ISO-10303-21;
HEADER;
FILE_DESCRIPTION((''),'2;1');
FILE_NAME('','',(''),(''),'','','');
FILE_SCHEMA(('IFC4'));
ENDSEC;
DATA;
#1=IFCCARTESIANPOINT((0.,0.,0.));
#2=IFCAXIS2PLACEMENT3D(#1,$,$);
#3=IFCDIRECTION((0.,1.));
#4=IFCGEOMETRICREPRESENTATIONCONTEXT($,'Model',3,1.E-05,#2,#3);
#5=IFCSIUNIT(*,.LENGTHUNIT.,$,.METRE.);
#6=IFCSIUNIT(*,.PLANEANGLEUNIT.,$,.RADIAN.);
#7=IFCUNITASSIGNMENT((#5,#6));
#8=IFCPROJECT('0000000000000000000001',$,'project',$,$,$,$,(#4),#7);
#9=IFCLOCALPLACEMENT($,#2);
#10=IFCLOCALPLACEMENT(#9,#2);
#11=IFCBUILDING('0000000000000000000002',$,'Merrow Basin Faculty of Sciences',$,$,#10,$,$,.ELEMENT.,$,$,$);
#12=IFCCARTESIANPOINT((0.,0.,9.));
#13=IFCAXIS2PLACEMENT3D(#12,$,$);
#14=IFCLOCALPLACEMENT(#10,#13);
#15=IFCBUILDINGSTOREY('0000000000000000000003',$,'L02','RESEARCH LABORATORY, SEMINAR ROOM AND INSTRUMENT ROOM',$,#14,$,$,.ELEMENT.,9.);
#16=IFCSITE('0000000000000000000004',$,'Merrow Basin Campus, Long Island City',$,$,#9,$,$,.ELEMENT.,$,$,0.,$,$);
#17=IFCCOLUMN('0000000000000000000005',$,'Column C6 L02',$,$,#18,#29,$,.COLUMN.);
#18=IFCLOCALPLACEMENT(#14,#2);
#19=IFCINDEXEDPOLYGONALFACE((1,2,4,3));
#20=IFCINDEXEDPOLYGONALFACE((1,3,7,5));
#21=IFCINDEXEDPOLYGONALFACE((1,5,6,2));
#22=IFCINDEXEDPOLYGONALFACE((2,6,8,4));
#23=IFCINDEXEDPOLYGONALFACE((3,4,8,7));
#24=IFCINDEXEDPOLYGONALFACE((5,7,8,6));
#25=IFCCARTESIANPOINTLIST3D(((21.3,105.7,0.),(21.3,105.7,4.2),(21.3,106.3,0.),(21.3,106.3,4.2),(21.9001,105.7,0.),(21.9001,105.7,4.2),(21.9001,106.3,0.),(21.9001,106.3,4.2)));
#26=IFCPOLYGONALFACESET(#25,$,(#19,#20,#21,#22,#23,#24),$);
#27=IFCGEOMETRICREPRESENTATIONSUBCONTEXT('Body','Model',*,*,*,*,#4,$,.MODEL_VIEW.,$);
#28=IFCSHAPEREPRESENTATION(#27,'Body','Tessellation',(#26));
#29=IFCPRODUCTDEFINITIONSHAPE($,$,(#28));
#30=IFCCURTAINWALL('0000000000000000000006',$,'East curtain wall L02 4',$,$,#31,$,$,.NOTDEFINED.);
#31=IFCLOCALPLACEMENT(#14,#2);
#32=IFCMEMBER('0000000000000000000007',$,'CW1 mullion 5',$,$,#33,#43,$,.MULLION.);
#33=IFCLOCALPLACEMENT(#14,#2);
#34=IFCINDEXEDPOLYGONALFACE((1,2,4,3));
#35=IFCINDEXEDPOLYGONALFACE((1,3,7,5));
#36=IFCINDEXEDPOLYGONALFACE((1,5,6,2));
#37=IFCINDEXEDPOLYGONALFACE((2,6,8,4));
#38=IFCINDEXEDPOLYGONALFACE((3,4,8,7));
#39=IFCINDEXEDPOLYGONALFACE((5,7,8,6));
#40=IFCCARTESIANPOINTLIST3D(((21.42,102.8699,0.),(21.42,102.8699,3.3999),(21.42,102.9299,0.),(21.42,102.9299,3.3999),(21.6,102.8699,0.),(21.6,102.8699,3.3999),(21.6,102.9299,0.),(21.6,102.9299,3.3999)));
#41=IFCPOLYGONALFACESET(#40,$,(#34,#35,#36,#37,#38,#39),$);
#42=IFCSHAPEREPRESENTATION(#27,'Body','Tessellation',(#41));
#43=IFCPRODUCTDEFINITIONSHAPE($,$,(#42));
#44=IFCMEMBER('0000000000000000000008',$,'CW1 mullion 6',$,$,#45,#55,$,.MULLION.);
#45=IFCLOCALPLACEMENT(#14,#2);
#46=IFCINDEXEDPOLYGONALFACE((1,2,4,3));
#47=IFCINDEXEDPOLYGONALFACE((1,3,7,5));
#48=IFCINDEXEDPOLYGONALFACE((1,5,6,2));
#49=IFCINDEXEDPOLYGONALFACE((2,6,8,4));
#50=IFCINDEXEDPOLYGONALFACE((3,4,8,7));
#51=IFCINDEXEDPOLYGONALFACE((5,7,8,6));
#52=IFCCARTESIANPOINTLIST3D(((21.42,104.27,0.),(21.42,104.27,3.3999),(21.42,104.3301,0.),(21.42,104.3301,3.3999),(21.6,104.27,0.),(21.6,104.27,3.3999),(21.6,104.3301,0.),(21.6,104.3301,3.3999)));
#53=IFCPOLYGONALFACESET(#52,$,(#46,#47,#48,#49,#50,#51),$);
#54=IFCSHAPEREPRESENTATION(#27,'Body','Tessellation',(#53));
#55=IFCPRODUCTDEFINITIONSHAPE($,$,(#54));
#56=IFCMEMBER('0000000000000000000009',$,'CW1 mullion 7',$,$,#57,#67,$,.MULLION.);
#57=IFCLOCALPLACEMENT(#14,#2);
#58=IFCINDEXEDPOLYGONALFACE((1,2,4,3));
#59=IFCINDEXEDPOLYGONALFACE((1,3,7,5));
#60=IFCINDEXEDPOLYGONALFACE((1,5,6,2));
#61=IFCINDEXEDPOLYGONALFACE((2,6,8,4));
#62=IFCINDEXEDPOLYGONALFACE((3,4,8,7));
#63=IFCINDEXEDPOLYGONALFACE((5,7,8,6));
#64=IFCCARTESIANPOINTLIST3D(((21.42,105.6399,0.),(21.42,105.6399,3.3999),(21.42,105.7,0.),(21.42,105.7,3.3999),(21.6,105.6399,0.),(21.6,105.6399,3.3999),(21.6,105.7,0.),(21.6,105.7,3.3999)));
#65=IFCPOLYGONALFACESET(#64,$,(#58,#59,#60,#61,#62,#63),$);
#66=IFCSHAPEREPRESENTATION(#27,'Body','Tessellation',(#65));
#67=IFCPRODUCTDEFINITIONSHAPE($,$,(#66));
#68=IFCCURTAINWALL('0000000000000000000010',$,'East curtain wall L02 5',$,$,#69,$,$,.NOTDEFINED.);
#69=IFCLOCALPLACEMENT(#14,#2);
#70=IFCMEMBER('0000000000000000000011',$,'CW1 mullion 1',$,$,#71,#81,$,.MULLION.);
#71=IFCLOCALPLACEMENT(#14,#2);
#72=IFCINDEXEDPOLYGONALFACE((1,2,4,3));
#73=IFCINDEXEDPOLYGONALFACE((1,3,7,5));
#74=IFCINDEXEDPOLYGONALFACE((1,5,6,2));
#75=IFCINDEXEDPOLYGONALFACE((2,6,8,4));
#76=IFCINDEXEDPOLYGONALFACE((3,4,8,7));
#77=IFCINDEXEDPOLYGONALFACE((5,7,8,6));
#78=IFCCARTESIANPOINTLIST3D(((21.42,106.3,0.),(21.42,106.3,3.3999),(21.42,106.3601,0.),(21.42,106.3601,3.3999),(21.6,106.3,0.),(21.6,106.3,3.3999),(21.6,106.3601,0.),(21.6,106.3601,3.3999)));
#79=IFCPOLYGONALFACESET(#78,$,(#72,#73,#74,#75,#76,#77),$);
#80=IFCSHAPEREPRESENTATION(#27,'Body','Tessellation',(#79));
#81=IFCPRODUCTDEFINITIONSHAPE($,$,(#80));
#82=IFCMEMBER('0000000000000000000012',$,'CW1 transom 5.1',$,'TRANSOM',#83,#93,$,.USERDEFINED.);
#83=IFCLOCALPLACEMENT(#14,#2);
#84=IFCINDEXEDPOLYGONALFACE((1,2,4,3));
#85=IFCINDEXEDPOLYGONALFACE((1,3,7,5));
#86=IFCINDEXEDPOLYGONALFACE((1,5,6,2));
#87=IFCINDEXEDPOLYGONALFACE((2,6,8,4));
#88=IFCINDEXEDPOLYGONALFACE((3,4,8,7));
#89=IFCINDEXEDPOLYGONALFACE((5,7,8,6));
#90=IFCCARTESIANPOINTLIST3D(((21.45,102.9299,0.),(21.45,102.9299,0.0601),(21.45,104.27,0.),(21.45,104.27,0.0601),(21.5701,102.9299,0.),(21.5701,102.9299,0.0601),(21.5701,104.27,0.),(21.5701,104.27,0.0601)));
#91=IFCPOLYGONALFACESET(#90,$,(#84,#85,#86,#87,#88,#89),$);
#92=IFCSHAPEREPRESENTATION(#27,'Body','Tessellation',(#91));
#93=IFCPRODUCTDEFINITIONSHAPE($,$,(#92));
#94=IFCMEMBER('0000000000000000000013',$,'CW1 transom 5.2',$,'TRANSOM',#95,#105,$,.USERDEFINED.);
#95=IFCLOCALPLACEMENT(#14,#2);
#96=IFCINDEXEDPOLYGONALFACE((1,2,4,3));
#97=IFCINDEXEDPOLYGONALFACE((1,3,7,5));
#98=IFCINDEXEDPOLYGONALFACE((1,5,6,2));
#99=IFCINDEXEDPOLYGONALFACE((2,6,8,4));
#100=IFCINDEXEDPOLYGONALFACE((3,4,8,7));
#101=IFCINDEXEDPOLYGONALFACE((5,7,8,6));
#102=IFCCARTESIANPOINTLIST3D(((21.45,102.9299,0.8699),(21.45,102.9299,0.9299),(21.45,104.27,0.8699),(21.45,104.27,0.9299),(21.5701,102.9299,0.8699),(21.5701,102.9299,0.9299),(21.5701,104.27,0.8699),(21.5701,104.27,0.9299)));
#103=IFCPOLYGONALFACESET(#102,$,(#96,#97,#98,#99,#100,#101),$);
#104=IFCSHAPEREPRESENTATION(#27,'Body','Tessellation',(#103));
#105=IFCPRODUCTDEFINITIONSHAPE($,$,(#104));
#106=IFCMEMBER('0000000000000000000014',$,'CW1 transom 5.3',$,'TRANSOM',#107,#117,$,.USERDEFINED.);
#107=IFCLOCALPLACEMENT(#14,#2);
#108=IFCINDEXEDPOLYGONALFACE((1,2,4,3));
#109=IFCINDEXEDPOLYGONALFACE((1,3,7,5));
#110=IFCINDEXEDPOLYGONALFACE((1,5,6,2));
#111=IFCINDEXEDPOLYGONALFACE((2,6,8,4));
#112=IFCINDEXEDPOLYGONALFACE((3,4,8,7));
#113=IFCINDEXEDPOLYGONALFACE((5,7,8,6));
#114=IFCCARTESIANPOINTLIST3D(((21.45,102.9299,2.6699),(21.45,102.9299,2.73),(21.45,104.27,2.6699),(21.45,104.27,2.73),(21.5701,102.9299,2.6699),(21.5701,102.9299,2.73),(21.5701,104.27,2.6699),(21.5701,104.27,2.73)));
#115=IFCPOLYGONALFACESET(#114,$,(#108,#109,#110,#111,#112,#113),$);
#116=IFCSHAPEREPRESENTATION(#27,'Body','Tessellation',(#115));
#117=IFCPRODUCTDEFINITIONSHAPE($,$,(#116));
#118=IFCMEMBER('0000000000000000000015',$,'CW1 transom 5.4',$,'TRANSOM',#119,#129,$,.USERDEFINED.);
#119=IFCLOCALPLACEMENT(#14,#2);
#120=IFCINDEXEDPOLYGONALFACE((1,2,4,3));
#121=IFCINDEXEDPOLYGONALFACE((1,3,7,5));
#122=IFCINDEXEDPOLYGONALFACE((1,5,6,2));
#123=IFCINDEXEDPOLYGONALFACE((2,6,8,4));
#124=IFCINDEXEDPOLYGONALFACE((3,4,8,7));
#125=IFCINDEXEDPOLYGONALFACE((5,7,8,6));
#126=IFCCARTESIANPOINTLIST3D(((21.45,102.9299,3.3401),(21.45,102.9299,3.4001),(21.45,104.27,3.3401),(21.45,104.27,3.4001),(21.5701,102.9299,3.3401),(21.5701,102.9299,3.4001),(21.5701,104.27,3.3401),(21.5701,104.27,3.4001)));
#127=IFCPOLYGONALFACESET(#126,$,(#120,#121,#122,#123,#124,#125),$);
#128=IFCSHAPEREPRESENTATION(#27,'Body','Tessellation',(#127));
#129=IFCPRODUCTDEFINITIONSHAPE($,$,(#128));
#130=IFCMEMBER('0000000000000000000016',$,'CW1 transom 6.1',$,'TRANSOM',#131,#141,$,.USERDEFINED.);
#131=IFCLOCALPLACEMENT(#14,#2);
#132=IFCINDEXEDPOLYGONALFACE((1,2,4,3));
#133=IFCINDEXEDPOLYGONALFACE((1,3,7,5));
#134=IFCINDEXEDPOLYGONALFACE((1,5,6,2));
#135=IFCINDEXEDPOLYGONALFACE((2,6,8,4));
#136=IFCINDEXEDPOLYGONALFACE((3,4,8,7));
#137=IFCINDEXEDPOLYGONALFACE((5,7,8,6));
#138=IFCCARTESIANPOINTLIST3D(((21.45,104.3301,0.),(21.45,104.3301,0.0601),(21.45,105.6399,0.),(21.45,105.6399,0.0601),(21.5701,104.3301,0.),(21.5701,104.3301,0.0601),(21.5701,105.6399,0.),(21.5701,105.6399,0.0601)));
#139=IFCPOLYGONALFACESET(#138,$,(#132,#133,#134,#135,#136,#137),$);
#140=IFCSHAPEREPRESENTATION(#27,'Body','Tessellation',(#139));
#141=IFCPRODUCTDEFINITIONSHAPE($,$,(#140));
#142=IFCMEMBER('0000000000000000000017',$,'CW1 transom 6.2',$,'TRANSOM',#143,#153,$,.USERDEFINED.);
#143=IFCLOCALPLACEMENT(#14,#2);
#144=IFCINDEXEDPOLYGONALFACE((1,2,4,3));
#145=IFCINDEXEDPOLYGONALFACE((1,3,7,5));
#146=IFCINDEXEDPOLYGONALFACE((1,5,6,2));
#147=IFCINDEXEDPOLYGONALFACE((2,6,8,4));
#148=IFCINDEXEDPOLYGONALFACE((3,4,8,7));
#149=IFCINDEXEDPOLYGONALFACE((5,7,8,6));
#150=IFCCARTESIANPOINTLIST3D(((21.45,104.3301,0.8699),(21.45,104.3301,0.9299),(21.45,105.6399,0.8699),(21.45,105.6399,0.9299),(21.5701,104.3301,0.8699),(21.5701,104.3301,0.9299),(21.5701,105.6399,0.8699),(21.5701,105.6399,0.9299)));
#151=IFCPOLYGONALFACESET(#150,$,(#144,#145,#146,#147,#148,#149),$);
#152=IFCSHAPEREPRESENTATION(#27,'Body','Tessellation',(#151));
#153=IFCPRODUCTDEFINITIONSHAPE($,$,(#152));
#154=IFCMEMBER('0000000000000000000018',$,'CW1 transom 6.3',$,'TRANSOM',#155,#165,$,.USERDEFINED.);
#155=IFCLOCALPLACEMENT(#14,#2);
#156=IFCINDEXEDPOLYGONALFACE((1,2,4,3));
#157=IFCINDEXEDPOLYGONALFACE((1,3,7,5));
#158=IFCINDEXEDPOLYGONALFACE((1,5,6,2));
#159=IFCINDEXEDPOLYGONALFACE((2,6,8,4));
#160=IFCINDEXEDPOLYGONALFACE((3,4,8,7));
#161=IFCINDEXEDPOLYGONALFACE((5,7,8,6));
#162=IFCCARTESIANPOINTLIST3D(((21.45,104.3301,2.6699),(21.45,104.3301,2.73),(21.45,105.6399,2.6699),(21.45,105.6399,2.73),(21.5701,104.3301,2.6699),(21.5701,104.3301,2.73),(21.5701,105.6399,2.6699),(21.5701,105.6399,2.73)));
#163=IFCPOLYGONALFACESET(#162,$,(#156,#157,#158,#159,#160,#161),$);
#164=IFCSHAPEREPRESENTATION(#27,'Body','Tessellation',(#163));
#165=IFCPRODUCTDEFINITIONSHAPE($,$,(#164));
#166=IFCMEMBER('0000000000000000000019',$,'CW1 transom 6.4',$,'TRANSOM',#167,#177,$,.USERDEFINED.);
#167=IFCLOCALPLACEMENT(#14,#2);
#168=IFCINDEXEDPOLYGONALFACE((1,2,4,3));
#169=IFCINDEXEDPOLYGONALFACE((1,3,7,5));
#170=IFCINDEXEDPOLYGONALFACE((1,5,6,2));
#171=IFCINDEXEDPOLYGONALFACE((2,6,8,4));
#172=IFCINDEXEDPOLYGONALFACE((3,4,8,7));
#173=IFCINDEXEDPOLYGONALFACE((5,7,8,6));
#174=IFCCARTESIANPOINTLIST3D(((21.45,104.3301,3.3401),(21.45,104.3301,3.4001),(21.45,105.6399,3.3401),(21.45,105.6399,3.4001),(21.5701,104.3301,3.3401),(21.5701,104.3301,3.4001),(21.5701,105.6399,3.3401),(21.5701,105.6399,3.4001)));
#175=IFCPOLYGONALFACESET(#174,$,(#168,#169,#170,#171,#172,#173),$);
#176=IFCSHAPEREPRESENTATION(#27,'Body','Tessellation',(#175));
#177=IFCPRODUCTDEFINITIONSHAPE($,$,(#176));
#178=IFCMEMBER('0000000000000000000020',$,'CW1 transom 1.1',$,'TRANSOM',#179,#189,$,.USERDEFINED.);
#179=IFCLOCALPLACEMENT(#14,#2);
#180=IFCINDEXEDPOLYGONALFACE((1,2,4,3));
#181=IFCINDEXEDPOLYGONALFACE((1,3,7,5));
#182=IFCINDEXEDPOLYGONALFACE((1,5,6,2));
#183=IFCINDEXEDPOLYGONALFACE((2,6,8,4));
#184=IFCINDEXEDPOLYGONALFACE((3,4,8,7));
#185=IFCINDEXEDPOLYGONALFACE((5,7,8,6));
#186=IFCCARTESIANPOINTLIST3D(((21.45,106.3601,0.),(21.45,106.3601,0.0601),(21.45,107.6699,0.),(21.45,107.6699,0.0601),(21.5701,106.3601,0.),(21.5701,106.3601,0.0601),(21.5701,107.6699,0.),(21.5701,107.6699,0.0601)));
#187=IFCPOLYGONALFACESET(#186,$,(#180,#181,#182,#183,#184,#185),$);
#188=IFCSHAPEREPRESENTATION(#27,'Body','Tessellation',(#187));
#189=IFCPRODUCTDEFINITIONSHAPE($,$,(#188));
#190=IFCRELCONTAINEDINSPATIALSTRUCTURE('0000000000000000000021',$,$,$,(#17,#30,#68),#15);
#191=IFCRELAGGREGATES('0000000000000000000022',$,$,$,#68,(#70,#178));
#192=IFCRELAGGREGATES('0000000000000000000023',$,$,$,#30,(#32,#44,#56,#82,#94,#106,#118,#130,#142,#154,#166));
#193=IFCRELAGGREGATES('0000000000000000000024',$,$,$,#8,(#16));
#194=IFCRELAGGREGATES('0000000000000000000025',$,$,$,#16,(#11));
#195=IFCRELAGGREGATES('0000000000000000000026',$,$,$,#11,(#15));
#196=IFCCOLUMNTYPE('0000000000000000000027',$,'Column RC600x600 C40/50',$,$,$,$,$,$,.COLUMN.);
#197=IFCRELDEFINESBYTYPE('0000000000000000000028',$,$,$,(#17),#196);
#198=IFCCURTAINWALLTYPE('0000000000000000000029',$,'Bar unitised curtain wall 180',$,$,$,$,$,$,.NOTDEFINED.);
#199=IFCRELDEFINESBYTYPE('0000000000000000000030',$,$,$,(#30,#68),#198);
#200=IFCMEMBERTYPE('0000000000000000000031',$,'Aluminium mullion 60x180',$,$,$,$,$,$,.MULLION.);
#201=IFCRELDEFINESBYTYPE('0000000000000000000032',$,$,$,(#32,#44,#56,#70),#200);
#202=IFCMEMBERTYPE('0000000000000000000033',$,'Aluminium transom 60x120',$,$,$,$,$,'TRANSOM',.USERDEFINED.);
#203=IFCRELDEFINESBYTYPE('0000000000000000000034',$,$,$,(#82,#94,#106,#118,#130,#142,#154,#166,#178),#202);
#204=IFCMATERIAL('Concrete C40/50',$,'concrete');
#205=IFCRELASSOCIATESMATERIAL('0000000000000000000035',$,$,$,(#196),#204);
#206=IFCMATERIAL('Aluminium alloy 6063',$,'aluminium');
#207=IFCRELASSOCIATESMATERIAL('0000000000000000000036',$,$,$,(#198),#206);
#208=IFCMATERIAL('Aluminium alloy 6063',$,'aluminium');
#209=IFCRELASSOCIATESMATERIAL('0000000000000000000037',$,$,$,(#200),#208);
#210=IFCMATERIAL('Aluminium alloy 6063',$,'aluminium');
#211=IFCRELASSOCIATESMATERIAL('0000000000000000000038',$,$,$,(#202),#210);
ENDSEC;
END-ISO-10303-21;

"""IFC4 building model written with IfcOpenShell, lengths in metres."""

from ifc_helpers import new_model, si_unit, direction, frame, origin, origin_2d, place, context, subcontext, project, spatial, rectangle, extrude, material, material_profile, profile_set, type_object, element, aggregate, save


model = new_model("IFC4")

# Units and contexts
model_context = context("Model", 3, precision=1e-05, world=origin(), true_north=direction((0.0, 1.0)))
body_context = subcontext(model_context, "Body", "Model", "MODEL_VIEW")
ifc_project = project(units=[si_unit("LENGTHUNIT", "METRE"), si_unit("PLANEANGLEUNIT", "RADIAN")], contexts=[model_context])

# Site, building, storey
site_placement = place(None, origin())
site = spatial("IfcSite", under=ifc_project, at=site_placement, Name="Merrow Basin Campus, Long Island City", CompositionType="ELEMENT", RefElevation=0.0)
building_placement = place(site_placement, origin())
building = spatial("IfcBuilding", under=site, at=building_placement, Name="Merrow Basin Faculty of Sciences", CompositionType="ELEMENT")
storey_placement = place(building_placement, frame((0.0, 0.0, 9.0)))
storey = spatial("IfcBuildingStorey", under=building, at=storey_placement, Name="L02", Description="RESEARCH LABORATORY, SEMINAR ROOM AND INSTRUMENT ROOM", CompositionType="ELEMENT", Elevation=9.0)

# Column
ifc_material_1 = material(Name="Concrete C40/50", Category="concrete")
ifc_material_profile_1 = material_profile(ifc_material_1, rectangle(XDim=0.6001, YDim=0.6001, at=origin_2d()))
ifc_profile_set_1 = profile_set([ifc_material_profile_1], Name="Concrete C40/50")
column_type = type_object("IfcColumnType", Name="Column RC600x600 C40/50", PredefinedType="COLUMN", material=ifc_profile_set_1)
column_placement = place(storey_placement, frame((21.6001, 106.0, 0.0), z_axis=(0.0, 0.0, 1.0), x_axis=(1.0, 0.0, 0.0)))
element("IfcColumn", 1, at=column_placement, inside=storey, type_object=column_type, Name="Column C6 L02", PredefinedType="COLUMN", context=body_context, shape_type="SweptSolid", body=[
    extrude(rectangle(XDim=0.6001, YDim=0.6001, at=origin_2d()), origin(), (0.0, 0.0, 1.0), 4.2),
])

# Curtain wall, members
ifc_material_2 = material(Name="Aluminium alloy 6063", Category="aluminium")
curtain_wall_type = type_object("IfcCurtainWallType", Name="Bar unitised curtain wall 180", PredefinedType="NOTDEFINED", material=ifc_material_2)
curtain_wall_1_placement = place(storey_placement, origin())
curtain_wall_1 = element("IfcCurtainWall", 2, at=curtain_wall_1_placement, inside=storey, type_object=curtain_wall_type, Name="East curtain wall L02 4", PredefinedType="NOTDEFINED")
ifc_material_3 = material(Name="Aluminium alloy 6063", Category="aluminium")
ifc_material_profile_2 = material_profile(ifc_material_3, rectangle(XDim=0.1799, YDim=0.0601, at=origin_2d()))
ifc_profile_set_2 = profile_set([ifc_material_profile_2], Name="Aluminium alloy 6063")
member_type_1 = type_object("IfcMemberType", Name="Aluminium mullion 60x180", PredefinedType="MULLION", material=ifc_profile_set_2)
member_1_placement = place(storey_placement, frame((21.51, 102.8999, 0.0), z_axis=(0.0, 0.0, 1.0), x_axis=(-1.0, 0.0, 0.0)))
member_1 = element("IfcMember", 3, at=member_1_placement, type_object=member_type_1, Name="CW1 mullion 5", PredefinedType="MULLION", context=body_context, shape_type="SweptSolid", body=[
    extrude(rectangle(XDim=0.1799, YDim=0.0601, at=origin_2d()), origin(), (0.0, 0.0, 1.0), 3.3999),
])
member_2_placement = place(storey_placement, frame((21.51, 104.3, 0.0), z_axis=(0.0, 0.0, 1.0), x_axis=(-1.0, 0.0, 0.0)))
member_2 = element("IfcMember", 4, at=member_2_placement, type_object=member_type_1, Name="CW1 mullion 6", PredefinedType="MULLION", context=body_context, shape_type="SweptSolid", body=[
    extrude(rectangle(XDim=0.1799, YDim=0.0601, at=origin_2d()), origin(), (0.0, 0.0, 1.0), 3.3999),
])
member_3_placement = place(storey_placement, frame((21.51, 105.6699, 0.0), z_axis=(0.0, 0.0, 1.0), x_axis=(-1.0, 0.0, 0.0)))
member_3 = element("IfcMember", 5, at=member_3_placement, type_object=member_type_1, Name="CW1 mullion 7", PredefinedType="MULLION", context=body_context, shape_type="SweptSolid", body=[
    extrude(rectangle(XDim=0.1799, YDim=0.0601, at=origin_2d()), origin(), (0.0, 0.0, 1.0), 3.3999),
])

# Curtain wall, member
curtain_wall_2_placement = place(storey_placement, origin())
curtain_wall_2 = element("IfcCurtainWall", 6, at=curtain_wall_2_placement, inside=storey, type_object=curtain_wall_type, Name="East curtain wall L02 5", PredefinedType="NOTDEFINED")
member_4_placement = place(storey_placement, frame((21.51, 106.3301, 0.0), z_axis=(0.0, 0.0, 1.0), x_axis=(-1.0, 0.0, 0.0)))
member_4 = element("IfcMember", 7, at=member_4_placement, type_object=member_type_1, Name="CW1 mullion 1", PredefinedType="MULLION", context=body_context, shape_type="SweptSolid", body=[
    extrude(rectangle(XDim=0.1799, YDim=0.0601, at=origin_2d()), origin(), (0.0, 0.0, 1.0), 3.3999),
])

# Members
ifc_material_4 = material(Name="Aluminium alloy 6063", Category="aluminium")
ifc_material_profile_3 = material_profile(ifc_material_4, rectangle(XDim=0.1201, YDim=0.0601, at=origin_2d()))
ifc_profile_set_3 = profile_set([ifc_material_profile_3], Name="Aluminium alloy 6063")
member_type_2 = type_object("IfcMemberType", Name="Aluminium transom 60x120", ElementType="TRANSOM", PredefinedType="USERDEFINED", material=ifc_profile_set_3)
member_5_placement = place(storey_placement, frame((21.51, 102.9299, 0.03), z_axis=(0.0, 1.0, 0.0), x_axis=(-1.0, 0.0, 0.0)))
member_5 = element("IfcMember", 8, at=member_5_placement, type_object=member_type_2, Name="CW1 transom 5.1", ObjectType="TRANSOM", PredefinedType="USERDEFINED", context=body_context, shape_type="SweptSolid", body=[
    extrude(rectangle(XDim=0.1201, YDim=0.0601, at=origin_2d()), origin(), (0.0, 0.0, 1.0), 1.3401),
])
member_6_placement = place(storey_placement, frame((21.51, 102.9299, 0.8999), z_axis=(0.0, 1.0, 0.0), x_axis=(-1.0, 0.0, 0.0)))
member_6 = element("IfcMember", 9, at=member_6_placement, type_object=member_type_2, Name="CW1 transom 5.2", ObjectType="TRANSOM", PredefinedType="USERDEFINED", context=body_context, shape_type="SweptSolid", body=[
    extrude(rectangle(XDim=0.1201, YDim=0.0601, at=origin_2d()), origin(), (0.0, 0.0, 1.0), 1.3401),
])
member_7_placement = place(storey_placement, frame((21.51, 102.9299, 2.7), z_axis=(0.0, 1.0, 0.0), x_axis=(-1.0, 0.0, 0.0)))
member_7 = element("IfcMember", 10, at=member_7_placement, type_object=member_type_2, Name="CW1 transom 5.3", ObjectType="TRANSOM", PredefinedType="USERDEFINED", context=body_context, shape_type="SweptSolid", body=[
    extrude(rectangle(XDim=0.1201, YDim=0.0601, at=origin_2d()), origin(), (0.0, 0.0, 1.0), 1.3401),
])
member_8_placement = place(storey_placement, frame((21.51, 102.9299, 3.3701), z_axis=(0.0, 1.0, 0.0), x_axis=(-1.0, 0.0, 0.0)))
member_8 = element("IfcMember", 11, at=member_8_placement, type_object=member_type_2, Name="CW1 transom 5.4", ObjectType="TRANSOM", PredefinedType="USERDEFINED", context=body_context, shape_type="SweptSolid", body=[
    extrude(rectangle(XDim=0.1201, YDim=0.0601, at=origin_2d()), origin(), (0.0, 0.0, 1.0), 1.3401),
])
member_9_placement = place(storey_placement, frame((21.51, 104.3301, 0.03), z_axis=(0.0, 1.0, 0.0), x_axis=(-1.0, 0.0, 0.0)))
member_9 = element("IfcMember", 12, at=member_9_placement, type_object=member_type_2, Name="CW1 transom 6.1", ObjectType="TRANSOM", PredefinedType="USERDEFINED", context=body_context, shape_type="SweptSolid", body=[
    extrude(rectangle(XDim=0.1201, YDim=0.0601, at=origin_2d()), origin(), (0.0, 0.0, 1.0), 1.3098),
])
member_10_placement = place(storey_placement, frame((21.51, 104.3301, 0.8999), z_axis=(0.0, 1.0, 0.0), x_axis=(-1.0, 0.0, 0.0)))
member_10 = element("IfcMember", 13, at=member_10_placement, type_object=member_type_2, Name="CW1 transom 6.2", ObjectType="TRANSOM", PredefinedType="USERDEFINED", context=body_context, shape_type="SweptSolid", body=[
    extrude(rectangle(XDim=0.1201, YDim=0.0601, at=origin_2d()), origin(), (0.0, 0.0, 1.0), 1.3098),
])
member_11_placement = place(storey_placement, frame((21.51, 104.3301, 2.7), z_axis=(0.0, 1.0, 0.0), x_axis=(-1.0, 0.0, 0.0)))
member_11 = element("IfcMember", 14, at=member_11_placement, type_object=member_type_2, Name="CW1 transom 6.3", ObjectType="TRANSOM", PredefinedType="USERDEFINED", context=body_context, shape_type="SweptSolid", body=[
    extrude(rectangle(XDim=0.1201, YDim=0.0601, at=origin_2d()), origin(), (0.0, 0.0, 1.0), 1.3098),
])
member_12_placement = place(storey_placement, frame((21.51, 104.3301, 3.3701), z_axis=(0.0, 1.0, 0.0), x_axis=(-1.0, 0.0, 0.0)))
member_12 = element("IfcMember", 15, at=member_12_placement, type_object=member_type_2, Name="CW1 transom 6.4", ObjectType="TRANSOM", PredefinedType="USERDEFINED", context=body_context, shape_type="SweptSolid", body=[
    extrude(rectangle(XDim=0.1201, YDim=0.0601, at=origin_2d()), origin(), (0.0, 0.0, 1.0), 1.3098),
])
member_13_placement = place(storey_placement, frame((21.51, 106.3601, 0.03), z_axis=(0.0, 1.0, 0.0), x_axis=(-1.0, 0.0, 0.0)))
member_13 = element("IfcMember", 16, at=member_13_placement, type_object=member_type_2, Name="CW1 transom 1.1", ObjectType="TRANSOM", PredefinedType="USERDEFINED", context=body_context, shape_type="SweptSolid", body=[
    extrude(rectangle(XDim=0.1201, YDim=0.0601, at=origin_2d()), origin(), (0.0, 0.0, 1.0), 1.3098),
])
aggregate(curtain_wall_2, [member_4, member_13])

aggregate(curtain_wall_1, [member_1, member_2, member_3, member_5, member_6, member_7, member_8, member_9, member_10, member_11, member_12])

save(model, "model.ifc")
